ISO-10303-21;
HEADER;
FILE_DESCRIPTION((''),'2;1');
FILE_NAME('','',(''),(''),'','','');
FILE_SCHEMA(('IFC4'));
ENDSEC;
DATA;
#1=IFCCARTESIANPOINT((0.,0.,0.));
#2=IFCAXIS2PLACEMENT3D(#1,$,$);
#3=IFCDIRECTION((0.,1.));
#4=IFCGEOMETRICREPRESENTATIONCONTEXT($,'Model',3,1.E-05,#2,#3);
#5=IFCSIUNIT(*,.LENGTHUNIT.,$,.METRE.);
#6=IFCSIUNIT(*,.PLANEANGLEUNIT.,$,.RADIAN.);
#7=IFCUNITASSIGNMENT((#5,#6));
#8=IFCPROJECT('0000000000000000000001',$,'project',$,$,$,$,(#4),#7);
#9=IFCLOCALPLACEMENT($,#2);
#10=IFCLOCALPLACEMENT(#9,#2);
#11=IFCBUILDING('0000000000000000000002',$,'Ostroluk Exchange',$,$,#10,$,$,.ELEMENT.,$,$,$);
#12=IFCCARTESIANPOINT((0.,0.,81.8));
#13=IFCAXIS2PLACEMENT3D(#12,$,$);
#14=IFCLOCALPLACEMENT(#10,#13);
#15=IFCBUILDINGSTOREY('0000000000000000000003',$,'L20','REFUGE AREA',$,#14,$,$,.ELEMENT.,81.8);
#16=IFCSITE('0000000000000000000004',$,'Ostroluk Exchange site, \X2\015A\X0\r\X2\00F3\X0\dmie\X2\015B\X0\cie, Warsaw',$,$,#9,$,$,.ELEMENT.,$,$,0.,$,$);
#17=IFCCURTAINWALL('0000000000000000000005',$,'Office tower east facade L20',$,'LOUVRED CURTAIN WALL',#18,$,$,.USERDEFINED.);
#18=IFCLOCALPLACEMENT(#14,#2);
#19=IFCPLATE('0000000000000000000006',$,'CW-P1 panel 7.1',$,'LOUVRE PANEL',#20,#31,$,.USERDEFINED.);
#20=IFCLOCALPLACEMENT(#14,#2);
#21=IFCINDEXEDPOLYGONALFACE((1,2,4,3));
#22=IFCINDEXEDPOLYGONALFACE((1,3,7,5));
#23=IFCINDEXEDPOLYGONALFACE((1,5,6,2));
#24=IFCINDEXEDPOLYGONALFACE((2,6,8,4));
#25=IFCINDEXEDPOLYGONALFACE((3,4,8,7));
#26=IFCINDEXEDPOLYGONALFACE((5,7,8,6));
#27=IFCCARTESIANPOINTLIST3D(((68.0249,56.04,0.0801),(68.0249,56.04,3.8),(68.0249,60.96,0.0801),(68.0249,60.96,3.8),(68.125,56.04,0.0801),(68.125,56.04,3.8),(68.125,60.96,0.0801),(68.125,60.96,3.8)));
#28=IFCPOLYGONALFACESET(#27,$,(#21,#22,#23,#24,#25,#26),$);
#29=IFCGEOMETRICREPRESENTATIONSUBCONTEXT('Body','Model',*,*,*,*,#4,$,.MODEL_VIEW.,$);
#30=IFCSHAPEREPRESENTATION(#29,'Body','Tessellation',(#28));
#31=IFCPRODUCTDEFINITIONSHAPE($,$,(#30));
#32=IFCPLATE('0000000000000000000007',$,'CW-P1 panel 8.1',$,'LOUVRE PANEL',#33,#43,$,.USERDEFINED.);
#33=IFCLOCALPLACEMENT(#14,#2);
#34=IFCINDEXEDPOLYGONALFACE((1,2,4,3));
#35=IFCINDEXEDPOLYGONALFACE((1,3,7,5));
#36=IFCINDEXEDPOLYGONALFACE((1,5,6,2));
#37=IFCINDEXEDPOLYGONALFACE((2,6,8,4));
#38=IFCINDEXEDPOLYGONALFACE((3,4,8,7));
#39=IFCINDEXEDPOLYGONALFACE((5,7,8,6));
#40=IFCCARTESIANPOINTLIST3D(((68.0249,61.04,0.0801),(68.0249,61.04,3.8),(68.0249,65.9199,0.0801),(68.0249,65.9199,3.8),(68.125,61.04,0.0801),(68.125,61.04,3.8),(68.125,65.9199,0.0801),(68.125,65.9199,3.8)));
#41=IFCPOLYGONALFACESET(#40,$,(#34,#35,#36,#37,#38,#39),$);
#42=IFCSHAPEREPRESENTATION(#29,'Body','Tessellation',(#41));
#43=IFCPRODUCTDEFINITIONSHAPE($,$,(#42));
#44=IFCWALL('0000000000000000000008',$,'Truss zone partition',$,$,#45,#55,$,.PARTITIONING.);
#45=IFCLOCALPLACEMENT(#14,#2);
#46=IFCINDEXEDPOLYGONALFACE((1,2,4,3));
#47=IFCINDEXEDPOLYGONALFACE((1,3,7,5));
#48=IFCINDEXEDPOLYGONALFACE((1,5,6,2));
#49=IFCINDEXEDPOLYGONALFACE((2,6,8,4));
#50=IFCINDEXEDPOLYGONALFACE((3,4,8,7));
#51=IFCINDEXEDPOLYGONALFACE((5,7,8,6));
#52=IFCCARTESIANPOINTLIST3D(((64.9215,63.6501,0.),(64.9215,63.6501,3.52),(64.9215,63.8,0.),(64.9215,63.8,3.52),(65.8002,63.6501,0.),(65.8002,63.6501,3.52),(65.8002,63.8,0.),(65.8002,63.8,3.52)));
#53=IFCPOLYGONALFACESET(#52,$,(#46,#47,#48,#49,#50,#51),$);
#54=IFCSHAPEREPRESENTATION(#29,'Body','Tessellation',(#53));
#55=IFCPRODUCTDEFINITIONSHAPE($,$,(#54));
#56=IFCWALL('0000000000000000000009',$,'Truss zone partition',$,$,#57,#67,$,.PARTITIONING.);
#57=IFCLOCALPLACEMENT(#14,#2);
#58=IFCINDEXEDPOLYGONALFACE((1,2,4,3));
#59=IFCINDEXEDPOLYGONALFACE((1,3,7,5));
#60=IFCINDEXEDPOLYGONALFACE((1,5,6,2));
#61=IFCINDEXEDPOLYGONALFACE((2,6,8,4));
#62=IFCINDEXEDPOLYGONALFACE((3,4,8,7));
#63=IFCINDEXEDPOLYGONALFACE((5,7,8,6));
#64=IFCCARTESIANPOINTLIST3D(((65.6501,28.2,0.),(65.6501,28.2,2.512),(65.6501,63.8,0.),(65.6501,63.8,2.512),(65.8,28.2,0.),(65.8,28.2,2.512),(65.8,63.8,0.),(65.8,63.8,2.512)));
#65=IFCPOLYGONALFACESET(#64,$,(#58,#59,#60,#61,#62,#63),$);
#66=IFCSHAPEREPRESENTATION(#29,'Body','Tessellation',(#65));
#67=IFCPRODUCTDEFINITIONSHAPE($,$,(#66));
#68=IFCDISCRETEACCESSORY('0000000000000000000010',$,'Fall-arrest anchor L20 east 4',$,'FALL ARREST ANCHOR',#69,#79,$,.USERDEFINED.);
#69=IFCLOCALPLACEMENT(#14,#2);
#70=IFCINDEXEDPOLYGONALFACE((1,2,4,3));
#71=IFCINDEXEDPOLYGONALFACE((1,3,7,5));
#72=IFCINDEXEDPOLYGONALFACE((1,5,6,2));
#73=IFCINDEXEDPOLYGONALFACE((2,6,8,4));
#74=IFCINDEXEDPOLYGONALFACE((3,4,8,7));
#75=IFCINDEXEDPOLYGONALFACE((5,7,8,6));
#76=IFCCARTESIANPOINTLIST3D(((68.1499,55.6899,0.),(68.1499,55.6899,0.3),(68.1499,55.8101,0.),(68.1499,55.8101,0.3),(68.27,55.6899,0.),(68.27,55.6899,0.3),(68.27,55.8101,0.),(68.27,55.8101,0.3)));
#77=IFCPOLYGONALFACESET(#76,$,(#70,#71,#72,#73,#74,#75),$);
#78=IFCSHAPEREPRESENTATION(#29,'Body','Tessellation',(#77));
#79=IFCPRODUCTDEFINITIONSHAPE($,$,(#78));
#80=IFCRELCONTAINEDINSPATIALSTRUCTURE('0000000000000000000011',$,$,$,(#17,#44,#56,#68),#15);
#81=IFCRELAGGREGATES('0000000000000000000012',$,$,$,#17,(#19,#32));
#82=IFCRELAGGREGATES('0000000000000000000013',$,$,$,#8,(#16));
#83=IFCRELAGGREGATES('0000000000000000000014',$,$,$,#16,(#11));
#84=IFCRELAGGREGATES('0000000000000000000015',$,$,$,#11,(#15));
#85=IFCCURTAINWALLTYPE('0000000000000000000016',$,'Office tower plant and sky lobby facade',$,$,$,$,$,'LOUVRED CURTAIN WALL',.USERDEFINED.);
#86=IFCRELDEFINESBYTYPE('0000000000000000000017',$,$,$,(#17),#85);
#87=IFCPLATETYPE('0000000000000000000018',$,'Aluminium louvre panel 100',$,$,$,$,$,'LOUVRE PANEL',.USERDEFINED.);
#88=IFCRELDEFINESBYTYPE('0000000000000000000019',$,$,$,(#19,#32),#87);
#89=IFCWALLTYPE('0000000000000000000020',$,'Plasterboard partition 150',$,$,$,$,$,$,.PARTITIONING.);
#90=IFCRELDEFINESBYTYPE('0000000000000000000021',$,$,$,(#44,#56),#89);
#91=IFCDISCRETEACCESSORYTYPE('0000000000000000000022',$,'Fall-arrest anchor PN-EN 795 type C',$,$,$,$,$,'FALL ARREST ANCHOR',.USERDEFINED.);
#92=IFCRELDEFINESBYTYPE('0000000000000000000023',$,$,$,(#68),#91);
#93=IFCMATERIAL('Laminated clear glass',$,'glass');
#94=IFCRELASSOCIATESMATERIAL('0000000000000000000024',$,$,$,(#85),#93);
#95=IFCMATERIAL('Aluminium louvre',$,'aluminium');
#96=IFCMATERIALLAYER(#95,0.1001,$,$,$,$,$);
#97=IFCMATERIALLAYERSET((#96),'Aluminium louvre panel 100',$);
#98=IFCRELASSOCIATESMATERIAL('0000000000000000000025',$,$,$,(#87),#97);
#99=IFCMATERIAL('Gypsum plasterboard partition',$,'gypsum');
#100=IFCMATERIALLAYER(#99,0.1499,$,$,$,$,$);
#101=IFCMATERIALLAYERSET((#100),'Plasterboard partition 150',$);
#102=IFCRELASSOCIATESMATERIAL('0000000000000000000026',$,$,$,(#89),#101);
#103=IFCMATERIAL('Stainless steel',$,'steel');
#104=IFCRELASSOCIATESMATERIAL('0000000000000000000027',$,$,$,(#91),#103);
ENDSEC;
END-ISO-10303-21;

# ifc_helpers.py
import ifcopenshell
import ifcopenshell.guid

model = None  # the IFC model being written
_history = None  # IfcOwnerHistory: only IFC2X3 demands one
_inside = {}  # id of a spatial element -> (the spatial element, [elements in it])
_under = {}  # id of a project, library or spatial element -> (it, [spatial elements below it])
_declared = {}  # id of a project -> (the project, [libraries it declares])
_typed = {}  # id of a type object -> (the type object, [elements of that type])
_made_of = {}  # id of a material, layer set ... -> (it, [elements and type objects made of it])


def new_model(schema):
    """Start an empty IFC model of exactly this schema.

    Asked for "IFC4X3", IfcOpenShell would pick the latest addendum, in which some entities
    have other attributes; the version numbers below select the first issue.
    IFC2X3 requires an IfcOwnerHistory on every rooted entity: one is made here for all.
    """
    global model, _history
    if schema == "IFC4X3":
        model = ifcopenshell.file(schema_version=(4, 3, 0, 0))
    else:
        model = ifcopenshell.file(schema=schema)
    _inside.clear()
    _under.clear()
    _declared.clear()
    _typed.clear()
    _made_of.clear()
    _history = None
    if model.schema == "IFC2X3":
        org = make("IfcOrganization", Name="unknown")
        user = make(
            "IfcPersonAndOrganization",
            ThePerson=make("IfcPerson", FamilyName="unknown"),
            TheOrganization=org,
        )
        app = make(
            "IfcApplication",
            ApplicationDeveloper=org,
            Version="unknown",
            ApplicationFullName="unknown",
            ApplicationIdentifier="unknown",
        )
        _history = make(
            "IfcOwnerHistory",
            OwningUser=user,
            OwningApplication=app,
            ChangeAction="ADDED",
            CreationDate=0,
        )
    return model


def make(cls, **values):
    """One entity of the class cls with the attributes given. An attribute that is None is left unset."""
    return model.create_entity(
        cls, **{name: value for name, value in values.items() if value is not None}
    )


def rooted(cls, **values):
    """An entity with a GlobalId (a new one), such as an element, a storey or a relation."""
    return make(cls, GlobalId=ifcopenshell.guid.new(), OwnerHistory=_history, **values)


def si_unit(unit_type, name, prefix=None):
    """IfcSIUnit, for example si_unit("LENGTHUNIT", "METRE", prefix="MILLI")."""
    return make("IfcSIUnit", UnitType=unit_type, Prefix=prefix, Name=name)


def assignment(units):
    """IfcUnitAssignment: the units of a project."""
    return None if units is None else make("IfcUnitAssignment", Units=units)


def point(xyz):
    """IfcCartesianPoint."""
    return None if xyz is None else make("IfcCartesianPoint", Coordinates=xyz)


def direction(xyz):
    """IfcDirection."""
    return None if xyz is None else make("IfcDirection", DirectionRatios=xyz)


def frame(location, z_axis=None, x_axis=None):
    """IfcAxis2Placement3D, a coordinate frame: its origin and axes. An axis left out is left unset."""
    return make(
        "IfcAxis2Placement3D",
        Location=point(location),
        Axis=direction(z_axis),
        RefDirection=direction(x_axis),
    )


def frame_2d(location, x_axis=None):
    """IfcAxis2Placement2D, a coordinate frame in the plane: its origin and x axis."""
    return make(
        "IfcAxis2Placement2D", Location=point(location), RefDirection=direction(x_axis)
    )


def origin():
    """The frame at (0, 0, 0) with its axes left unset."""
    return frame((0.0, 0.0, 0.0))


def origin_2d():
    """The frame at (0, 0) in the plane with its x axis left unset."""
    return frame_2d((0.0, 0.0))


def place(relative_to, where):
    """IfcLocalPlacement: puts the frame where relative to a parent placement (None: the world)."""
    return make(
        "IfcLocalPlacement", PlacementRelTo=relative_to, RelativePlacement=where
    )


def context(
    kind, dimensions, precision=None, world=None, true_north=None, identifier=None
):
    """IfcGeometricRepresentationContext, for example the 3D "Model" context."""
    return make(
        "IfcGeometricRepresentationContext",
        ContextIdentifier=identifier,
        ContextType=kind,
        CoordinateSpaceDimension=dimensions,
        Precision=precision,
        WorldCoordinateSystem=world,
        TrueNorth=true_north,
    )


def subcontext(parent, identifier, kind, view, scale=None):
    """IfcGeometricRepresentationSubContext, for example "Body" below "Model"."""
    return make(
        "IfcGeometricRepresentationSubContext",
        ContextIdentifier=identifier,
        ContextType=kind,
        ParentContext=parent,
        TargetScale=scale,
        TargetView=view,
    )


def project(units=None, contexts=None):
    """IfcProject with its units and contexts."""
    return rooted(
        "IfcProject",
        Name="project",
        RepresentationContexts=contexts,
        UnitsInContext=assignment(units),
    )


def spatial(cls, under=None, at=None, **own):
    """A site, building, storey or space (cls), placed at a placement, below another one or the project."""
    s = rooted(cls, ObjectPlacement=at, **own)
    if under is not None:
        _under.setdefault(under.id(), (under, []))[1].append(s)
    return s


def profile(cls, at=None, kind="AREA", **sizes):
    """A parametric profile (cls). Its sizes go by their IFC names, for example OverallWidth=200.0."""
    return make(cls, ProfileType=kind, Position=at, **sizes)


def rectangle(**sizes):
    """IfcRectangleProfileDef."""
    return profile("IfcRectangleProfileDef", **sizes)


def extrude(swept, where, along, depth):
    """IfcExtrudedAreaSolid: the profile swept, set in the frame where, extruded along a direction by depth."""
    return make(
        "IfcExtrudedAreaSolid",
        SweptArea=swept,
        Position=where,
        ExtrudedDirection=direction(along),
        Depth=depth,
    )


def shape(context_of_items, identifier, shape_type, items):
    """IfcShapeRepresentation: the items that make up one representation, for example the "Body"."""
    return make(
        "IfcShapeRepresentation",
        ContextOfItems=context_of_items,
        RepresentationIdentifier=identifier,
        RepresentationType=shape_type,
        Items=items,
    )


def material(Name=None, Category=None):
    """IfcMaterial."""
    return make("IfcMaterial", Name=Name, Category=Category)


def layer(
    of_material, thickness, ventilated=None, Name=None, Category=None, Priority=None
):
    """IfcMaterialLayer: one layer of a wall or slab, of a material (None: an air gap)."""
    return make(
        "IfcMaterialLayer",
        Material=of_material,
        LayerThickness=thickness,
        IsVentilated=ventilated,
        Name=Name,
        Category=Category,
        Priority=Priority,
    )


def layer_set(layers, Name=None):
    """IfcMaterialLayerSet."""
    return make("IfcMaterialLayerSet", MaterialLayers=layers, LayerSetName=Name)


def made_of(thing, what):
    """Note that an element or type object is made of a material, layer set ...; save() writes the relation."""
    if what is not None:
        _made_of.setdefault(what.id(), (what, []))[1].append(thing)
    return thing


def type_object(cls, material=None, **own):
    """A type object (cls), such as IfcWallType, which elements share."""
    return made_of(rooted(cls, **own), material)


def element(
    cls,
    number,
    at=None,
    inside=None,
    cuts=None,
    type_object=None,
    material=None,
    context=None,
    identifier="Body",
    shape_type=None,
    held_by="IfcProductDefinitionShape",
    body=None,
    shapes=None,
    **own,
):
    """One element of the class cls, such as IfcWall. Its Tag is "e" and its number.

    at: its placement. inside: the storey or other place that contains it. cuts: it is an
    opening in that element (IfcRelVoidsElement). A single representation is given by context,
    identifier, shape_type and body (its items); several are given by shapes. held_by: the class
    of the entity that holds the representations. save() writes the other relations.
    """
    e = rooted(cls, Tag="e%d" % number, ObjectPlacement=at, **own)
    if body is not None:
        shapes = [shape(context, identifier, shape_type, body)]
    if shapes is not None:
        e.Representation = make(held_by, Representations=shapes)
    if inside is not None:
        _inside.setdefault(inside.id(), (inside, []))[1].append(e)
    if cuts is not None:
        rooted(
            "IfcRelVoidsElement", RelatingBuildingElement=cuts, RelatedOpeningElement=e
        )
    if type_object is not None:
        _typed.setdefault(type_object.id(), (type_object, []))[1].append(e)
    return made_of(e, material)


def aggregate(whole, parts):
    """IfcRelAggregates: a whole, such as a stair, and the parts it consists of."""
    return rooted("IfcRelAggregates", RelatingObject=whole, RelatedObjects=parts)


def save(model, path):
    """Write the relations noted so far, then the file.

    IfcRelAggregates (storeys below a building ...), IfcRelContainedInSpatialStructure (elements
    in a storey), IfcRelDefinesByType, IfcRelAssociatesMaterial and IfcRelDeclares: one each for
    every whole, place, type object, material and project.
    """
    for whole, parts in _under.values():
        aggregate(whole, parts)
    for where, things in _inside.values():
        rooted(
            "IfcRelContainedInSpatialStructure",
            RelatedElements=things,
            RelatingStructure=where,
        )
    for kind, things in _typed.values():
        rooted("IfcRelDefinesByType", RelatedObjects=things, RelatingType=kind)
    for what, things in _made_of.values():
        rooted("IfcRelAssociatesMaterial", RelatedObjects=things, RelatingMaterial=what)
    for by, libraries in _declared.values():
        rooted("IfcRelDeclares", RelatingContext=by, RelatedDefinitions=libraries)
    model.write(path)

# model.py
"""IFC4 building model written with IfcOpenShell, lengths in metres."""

from ifc_helpers import new_model, si_unit, direction, frame, frame_2d, origin, origin_2d, place, context, subcontext, project, spatial, rectangle, extrude, material, layer, layer_set, type_object, element, aggregate, save


model = new_model("IFC4")

# Units and contexts
model_context = context("Model", 3, precision=1e-05, world=origin(), true_north=direction((0.0, 1.0)))
body_context = subcontext(model_context, "Body", "Model", "MODEL_VIEW")
ifc_project = project(units=[si_unit("LENGTHUNIT", "METRE"), si_unit("PLANEANGLEUNIT", "RADIAN")], contexts=[model_context])

# Site, building, storey
site_placement = place(None, origin())
site = spatial("IfcSite", under=ifc_project, at=site_placement, Name="Ostroluk Exchange site, Śródmieście, Warsaw", CompositionType="ELEMENT", RefElevation=0.0)
building_placement = place(site_placement, origin())
building = spatial("IfcBuilding", under=site, at=building_placement, Name="Ostroluk Exchange", CompositionType="ELEMENT")
storey_placement = place(building_placement, frame((0.0, 0.0, 81.8)))
storey = spatial("IfcBuildingStorey", under=building, at=storey_placement, Name="L20", Description="REFUGE AREA", CompositionType="ELEMENT", Elevation=81.8)

# Curtain wall, plates
ifc_material_1 = material(Name="Laminated clear glass", Category="glass")
curtain_wall_type = type_object("IfcCurtainWallType", Name="Office tower plant and sky lobby facade", ElementType="LOUVRED CURTAIN WALL", PredefinedType="USERDEFINED", material=ifc_material_1)
curtain_wall_placement = place(storey_placement, origin())
curtain_wall = element("IfcCurtainWall", 1, at=curtain_wall_placement, inside=storey, type_object=curtain_wall_type, Name="Office tower east facade L20", ObjectType="LOUVRED CURTAIN WALL", PredefinedType="USERDEFINED")
ifc_material_2 = material(Name="Aluminium louvre", Category="aluminium")
ifc_layer_1 = layer(ifc_material_2, 0.1001)
ifc_layer_set_1 = layer_set([ifc_layer_1], Name="Aluminium louvre panel 100")
plate_type = type_object("IfcPlateType", Name="Aluminium louvre panel 100", ElementType="LOUVRE PANEL", PredefinedType="USERDEFINED", material=ifc_layer_set_1)
plate_1_placement = place(storey_placement, frame((68.075, 58.5, 0.0801), z_axis=(0.0, 0.0, 1.0), x_axis=(0.0, 1.0, 0.0)))
plate_1 = element("IfcPlate", 2, at=plate_1_placement, type_object=plate_type, Name="CW-P1 panel 7.1", ObjectType="LOUVRE PANEL", PredefinedType="USERDEFINED", context=body_context, shape_type="SweptSolid", body=[
    extrude(rectangle(XDim=4.9199, YDim=0.1001, at=origin_2d()), origin(), (0.0, 0.0, 1.0), 3.72),
])
plate_2_placement = place(storey_placement, frame((68.075, 63.48, 0.0801), z_axis=(0.0, 0.0, 1.0), x_axis=(0.0, 1.0, 0.0)))
plate_2 = element("IfcPlate", 3, at=plate_2_placement, type_object=plate_type, Name="CW-P1 panel 8.1", ObjectType="LOUVRE PANEL", PredefinedType="USERDEFINED", context=body_context, shape_type="SweptSolid", body=[
    extrude(rectangle(XDim=4.8799, YDim=0.1001, at=origin_2d()), origin(), (0.0, 0.0, 1.0), 3.72),
])
aggregate(curtain_wall, [plate_1, plate_2])

# Walls
ifc_material_3 = material(Name="Gypsum plasterboard partition", Category="gypsum")
ifc_layer_2 = layer(ifc_material_3, 0.1499)
ifc_layer_set_2 = layer_set([ifc_layer_2], Name="Plasterboard partition 150")
wall_type = type_object("IfcWallType", Name="Plasterboard partition 150", PredefinedType="PARTITIONING", material=ifc_layer_set_2)
wall_1_placement = place(storey_placement, frame((64.9214, 63.7251, 0.0), z_axis=(0.0, 0.0, 1.0), x_axis=(1.0, 0.0, 0.0)))
element("IfcWall", 4, at=wall_1_placement, inside=storey, type_object=wall_type, Name="Truss zone partition", PredefinedType="PARTITIONING", context=body_context, shape_type="SweptSolid", body=[
    extrude(rectangle(XDim=0.8787, YDim=0.1499, at=frame_2d((0.4395, 0.0))), origin(), (0.0, 0.0, 1.0), 3.52),
])
wall_2_placement = place(storey_placement, frame((65.7251, 63.8, 0.0), z_axis=(0.0, 0.0, 1.0), x_axis=(0.0, -1.0, 0.0)))
element("IfcWall", 5, at=wall_2_placement, inside=storey, type_object=wall_type, Name="Truss zone partition", PredefinedType="PARTITIONING", context=body_context, shape_type="SweptSolid", body=[
    extrude(rectangle(XDim=35.6001, YDim=0.1499, at=frame_2d((17.8, 0.0))), origin(), (0.0, 0.0, 1.0), 2.512),
])

# Discrete accessory
ifc_material_4 = material(Name="Stainless steel", Category="steel")
discrete_accessory_type = type_object("IfcDiscreteAccessoryType", Name="Fall-arrest anchor PN-EN 795 type C", ElementType="FALL ARREST ANCHOR", PredefinedType="USERDEFINED", material=ifc_material_4)
discrete_accessory_placement = place(storey_placement, frame((68.21, 55.75, 0.0), z_axis=(0.0, 0.0, 1.0), x_axis=(1.0, 0.0, 0.0)))
element("IfcDiscreteAccessory", 6, at=discrete_accessory_placement, inside=storey, type_object=discrete_accessory_type, Name="Fall-arrest anchor L20 east 4", ObjectType="FALL ARREST ANCHOR", PredefinedType="USERDEFINED", context=body_context, shape_type="SweptSolid", body=[
    extrude(rectangle(XDim=0.1201, YDim=0.1201, at=origin_2d()), origin(), (0.0, 0.0, 1.0), 0.3),
])

save(model, "model.ifc")
